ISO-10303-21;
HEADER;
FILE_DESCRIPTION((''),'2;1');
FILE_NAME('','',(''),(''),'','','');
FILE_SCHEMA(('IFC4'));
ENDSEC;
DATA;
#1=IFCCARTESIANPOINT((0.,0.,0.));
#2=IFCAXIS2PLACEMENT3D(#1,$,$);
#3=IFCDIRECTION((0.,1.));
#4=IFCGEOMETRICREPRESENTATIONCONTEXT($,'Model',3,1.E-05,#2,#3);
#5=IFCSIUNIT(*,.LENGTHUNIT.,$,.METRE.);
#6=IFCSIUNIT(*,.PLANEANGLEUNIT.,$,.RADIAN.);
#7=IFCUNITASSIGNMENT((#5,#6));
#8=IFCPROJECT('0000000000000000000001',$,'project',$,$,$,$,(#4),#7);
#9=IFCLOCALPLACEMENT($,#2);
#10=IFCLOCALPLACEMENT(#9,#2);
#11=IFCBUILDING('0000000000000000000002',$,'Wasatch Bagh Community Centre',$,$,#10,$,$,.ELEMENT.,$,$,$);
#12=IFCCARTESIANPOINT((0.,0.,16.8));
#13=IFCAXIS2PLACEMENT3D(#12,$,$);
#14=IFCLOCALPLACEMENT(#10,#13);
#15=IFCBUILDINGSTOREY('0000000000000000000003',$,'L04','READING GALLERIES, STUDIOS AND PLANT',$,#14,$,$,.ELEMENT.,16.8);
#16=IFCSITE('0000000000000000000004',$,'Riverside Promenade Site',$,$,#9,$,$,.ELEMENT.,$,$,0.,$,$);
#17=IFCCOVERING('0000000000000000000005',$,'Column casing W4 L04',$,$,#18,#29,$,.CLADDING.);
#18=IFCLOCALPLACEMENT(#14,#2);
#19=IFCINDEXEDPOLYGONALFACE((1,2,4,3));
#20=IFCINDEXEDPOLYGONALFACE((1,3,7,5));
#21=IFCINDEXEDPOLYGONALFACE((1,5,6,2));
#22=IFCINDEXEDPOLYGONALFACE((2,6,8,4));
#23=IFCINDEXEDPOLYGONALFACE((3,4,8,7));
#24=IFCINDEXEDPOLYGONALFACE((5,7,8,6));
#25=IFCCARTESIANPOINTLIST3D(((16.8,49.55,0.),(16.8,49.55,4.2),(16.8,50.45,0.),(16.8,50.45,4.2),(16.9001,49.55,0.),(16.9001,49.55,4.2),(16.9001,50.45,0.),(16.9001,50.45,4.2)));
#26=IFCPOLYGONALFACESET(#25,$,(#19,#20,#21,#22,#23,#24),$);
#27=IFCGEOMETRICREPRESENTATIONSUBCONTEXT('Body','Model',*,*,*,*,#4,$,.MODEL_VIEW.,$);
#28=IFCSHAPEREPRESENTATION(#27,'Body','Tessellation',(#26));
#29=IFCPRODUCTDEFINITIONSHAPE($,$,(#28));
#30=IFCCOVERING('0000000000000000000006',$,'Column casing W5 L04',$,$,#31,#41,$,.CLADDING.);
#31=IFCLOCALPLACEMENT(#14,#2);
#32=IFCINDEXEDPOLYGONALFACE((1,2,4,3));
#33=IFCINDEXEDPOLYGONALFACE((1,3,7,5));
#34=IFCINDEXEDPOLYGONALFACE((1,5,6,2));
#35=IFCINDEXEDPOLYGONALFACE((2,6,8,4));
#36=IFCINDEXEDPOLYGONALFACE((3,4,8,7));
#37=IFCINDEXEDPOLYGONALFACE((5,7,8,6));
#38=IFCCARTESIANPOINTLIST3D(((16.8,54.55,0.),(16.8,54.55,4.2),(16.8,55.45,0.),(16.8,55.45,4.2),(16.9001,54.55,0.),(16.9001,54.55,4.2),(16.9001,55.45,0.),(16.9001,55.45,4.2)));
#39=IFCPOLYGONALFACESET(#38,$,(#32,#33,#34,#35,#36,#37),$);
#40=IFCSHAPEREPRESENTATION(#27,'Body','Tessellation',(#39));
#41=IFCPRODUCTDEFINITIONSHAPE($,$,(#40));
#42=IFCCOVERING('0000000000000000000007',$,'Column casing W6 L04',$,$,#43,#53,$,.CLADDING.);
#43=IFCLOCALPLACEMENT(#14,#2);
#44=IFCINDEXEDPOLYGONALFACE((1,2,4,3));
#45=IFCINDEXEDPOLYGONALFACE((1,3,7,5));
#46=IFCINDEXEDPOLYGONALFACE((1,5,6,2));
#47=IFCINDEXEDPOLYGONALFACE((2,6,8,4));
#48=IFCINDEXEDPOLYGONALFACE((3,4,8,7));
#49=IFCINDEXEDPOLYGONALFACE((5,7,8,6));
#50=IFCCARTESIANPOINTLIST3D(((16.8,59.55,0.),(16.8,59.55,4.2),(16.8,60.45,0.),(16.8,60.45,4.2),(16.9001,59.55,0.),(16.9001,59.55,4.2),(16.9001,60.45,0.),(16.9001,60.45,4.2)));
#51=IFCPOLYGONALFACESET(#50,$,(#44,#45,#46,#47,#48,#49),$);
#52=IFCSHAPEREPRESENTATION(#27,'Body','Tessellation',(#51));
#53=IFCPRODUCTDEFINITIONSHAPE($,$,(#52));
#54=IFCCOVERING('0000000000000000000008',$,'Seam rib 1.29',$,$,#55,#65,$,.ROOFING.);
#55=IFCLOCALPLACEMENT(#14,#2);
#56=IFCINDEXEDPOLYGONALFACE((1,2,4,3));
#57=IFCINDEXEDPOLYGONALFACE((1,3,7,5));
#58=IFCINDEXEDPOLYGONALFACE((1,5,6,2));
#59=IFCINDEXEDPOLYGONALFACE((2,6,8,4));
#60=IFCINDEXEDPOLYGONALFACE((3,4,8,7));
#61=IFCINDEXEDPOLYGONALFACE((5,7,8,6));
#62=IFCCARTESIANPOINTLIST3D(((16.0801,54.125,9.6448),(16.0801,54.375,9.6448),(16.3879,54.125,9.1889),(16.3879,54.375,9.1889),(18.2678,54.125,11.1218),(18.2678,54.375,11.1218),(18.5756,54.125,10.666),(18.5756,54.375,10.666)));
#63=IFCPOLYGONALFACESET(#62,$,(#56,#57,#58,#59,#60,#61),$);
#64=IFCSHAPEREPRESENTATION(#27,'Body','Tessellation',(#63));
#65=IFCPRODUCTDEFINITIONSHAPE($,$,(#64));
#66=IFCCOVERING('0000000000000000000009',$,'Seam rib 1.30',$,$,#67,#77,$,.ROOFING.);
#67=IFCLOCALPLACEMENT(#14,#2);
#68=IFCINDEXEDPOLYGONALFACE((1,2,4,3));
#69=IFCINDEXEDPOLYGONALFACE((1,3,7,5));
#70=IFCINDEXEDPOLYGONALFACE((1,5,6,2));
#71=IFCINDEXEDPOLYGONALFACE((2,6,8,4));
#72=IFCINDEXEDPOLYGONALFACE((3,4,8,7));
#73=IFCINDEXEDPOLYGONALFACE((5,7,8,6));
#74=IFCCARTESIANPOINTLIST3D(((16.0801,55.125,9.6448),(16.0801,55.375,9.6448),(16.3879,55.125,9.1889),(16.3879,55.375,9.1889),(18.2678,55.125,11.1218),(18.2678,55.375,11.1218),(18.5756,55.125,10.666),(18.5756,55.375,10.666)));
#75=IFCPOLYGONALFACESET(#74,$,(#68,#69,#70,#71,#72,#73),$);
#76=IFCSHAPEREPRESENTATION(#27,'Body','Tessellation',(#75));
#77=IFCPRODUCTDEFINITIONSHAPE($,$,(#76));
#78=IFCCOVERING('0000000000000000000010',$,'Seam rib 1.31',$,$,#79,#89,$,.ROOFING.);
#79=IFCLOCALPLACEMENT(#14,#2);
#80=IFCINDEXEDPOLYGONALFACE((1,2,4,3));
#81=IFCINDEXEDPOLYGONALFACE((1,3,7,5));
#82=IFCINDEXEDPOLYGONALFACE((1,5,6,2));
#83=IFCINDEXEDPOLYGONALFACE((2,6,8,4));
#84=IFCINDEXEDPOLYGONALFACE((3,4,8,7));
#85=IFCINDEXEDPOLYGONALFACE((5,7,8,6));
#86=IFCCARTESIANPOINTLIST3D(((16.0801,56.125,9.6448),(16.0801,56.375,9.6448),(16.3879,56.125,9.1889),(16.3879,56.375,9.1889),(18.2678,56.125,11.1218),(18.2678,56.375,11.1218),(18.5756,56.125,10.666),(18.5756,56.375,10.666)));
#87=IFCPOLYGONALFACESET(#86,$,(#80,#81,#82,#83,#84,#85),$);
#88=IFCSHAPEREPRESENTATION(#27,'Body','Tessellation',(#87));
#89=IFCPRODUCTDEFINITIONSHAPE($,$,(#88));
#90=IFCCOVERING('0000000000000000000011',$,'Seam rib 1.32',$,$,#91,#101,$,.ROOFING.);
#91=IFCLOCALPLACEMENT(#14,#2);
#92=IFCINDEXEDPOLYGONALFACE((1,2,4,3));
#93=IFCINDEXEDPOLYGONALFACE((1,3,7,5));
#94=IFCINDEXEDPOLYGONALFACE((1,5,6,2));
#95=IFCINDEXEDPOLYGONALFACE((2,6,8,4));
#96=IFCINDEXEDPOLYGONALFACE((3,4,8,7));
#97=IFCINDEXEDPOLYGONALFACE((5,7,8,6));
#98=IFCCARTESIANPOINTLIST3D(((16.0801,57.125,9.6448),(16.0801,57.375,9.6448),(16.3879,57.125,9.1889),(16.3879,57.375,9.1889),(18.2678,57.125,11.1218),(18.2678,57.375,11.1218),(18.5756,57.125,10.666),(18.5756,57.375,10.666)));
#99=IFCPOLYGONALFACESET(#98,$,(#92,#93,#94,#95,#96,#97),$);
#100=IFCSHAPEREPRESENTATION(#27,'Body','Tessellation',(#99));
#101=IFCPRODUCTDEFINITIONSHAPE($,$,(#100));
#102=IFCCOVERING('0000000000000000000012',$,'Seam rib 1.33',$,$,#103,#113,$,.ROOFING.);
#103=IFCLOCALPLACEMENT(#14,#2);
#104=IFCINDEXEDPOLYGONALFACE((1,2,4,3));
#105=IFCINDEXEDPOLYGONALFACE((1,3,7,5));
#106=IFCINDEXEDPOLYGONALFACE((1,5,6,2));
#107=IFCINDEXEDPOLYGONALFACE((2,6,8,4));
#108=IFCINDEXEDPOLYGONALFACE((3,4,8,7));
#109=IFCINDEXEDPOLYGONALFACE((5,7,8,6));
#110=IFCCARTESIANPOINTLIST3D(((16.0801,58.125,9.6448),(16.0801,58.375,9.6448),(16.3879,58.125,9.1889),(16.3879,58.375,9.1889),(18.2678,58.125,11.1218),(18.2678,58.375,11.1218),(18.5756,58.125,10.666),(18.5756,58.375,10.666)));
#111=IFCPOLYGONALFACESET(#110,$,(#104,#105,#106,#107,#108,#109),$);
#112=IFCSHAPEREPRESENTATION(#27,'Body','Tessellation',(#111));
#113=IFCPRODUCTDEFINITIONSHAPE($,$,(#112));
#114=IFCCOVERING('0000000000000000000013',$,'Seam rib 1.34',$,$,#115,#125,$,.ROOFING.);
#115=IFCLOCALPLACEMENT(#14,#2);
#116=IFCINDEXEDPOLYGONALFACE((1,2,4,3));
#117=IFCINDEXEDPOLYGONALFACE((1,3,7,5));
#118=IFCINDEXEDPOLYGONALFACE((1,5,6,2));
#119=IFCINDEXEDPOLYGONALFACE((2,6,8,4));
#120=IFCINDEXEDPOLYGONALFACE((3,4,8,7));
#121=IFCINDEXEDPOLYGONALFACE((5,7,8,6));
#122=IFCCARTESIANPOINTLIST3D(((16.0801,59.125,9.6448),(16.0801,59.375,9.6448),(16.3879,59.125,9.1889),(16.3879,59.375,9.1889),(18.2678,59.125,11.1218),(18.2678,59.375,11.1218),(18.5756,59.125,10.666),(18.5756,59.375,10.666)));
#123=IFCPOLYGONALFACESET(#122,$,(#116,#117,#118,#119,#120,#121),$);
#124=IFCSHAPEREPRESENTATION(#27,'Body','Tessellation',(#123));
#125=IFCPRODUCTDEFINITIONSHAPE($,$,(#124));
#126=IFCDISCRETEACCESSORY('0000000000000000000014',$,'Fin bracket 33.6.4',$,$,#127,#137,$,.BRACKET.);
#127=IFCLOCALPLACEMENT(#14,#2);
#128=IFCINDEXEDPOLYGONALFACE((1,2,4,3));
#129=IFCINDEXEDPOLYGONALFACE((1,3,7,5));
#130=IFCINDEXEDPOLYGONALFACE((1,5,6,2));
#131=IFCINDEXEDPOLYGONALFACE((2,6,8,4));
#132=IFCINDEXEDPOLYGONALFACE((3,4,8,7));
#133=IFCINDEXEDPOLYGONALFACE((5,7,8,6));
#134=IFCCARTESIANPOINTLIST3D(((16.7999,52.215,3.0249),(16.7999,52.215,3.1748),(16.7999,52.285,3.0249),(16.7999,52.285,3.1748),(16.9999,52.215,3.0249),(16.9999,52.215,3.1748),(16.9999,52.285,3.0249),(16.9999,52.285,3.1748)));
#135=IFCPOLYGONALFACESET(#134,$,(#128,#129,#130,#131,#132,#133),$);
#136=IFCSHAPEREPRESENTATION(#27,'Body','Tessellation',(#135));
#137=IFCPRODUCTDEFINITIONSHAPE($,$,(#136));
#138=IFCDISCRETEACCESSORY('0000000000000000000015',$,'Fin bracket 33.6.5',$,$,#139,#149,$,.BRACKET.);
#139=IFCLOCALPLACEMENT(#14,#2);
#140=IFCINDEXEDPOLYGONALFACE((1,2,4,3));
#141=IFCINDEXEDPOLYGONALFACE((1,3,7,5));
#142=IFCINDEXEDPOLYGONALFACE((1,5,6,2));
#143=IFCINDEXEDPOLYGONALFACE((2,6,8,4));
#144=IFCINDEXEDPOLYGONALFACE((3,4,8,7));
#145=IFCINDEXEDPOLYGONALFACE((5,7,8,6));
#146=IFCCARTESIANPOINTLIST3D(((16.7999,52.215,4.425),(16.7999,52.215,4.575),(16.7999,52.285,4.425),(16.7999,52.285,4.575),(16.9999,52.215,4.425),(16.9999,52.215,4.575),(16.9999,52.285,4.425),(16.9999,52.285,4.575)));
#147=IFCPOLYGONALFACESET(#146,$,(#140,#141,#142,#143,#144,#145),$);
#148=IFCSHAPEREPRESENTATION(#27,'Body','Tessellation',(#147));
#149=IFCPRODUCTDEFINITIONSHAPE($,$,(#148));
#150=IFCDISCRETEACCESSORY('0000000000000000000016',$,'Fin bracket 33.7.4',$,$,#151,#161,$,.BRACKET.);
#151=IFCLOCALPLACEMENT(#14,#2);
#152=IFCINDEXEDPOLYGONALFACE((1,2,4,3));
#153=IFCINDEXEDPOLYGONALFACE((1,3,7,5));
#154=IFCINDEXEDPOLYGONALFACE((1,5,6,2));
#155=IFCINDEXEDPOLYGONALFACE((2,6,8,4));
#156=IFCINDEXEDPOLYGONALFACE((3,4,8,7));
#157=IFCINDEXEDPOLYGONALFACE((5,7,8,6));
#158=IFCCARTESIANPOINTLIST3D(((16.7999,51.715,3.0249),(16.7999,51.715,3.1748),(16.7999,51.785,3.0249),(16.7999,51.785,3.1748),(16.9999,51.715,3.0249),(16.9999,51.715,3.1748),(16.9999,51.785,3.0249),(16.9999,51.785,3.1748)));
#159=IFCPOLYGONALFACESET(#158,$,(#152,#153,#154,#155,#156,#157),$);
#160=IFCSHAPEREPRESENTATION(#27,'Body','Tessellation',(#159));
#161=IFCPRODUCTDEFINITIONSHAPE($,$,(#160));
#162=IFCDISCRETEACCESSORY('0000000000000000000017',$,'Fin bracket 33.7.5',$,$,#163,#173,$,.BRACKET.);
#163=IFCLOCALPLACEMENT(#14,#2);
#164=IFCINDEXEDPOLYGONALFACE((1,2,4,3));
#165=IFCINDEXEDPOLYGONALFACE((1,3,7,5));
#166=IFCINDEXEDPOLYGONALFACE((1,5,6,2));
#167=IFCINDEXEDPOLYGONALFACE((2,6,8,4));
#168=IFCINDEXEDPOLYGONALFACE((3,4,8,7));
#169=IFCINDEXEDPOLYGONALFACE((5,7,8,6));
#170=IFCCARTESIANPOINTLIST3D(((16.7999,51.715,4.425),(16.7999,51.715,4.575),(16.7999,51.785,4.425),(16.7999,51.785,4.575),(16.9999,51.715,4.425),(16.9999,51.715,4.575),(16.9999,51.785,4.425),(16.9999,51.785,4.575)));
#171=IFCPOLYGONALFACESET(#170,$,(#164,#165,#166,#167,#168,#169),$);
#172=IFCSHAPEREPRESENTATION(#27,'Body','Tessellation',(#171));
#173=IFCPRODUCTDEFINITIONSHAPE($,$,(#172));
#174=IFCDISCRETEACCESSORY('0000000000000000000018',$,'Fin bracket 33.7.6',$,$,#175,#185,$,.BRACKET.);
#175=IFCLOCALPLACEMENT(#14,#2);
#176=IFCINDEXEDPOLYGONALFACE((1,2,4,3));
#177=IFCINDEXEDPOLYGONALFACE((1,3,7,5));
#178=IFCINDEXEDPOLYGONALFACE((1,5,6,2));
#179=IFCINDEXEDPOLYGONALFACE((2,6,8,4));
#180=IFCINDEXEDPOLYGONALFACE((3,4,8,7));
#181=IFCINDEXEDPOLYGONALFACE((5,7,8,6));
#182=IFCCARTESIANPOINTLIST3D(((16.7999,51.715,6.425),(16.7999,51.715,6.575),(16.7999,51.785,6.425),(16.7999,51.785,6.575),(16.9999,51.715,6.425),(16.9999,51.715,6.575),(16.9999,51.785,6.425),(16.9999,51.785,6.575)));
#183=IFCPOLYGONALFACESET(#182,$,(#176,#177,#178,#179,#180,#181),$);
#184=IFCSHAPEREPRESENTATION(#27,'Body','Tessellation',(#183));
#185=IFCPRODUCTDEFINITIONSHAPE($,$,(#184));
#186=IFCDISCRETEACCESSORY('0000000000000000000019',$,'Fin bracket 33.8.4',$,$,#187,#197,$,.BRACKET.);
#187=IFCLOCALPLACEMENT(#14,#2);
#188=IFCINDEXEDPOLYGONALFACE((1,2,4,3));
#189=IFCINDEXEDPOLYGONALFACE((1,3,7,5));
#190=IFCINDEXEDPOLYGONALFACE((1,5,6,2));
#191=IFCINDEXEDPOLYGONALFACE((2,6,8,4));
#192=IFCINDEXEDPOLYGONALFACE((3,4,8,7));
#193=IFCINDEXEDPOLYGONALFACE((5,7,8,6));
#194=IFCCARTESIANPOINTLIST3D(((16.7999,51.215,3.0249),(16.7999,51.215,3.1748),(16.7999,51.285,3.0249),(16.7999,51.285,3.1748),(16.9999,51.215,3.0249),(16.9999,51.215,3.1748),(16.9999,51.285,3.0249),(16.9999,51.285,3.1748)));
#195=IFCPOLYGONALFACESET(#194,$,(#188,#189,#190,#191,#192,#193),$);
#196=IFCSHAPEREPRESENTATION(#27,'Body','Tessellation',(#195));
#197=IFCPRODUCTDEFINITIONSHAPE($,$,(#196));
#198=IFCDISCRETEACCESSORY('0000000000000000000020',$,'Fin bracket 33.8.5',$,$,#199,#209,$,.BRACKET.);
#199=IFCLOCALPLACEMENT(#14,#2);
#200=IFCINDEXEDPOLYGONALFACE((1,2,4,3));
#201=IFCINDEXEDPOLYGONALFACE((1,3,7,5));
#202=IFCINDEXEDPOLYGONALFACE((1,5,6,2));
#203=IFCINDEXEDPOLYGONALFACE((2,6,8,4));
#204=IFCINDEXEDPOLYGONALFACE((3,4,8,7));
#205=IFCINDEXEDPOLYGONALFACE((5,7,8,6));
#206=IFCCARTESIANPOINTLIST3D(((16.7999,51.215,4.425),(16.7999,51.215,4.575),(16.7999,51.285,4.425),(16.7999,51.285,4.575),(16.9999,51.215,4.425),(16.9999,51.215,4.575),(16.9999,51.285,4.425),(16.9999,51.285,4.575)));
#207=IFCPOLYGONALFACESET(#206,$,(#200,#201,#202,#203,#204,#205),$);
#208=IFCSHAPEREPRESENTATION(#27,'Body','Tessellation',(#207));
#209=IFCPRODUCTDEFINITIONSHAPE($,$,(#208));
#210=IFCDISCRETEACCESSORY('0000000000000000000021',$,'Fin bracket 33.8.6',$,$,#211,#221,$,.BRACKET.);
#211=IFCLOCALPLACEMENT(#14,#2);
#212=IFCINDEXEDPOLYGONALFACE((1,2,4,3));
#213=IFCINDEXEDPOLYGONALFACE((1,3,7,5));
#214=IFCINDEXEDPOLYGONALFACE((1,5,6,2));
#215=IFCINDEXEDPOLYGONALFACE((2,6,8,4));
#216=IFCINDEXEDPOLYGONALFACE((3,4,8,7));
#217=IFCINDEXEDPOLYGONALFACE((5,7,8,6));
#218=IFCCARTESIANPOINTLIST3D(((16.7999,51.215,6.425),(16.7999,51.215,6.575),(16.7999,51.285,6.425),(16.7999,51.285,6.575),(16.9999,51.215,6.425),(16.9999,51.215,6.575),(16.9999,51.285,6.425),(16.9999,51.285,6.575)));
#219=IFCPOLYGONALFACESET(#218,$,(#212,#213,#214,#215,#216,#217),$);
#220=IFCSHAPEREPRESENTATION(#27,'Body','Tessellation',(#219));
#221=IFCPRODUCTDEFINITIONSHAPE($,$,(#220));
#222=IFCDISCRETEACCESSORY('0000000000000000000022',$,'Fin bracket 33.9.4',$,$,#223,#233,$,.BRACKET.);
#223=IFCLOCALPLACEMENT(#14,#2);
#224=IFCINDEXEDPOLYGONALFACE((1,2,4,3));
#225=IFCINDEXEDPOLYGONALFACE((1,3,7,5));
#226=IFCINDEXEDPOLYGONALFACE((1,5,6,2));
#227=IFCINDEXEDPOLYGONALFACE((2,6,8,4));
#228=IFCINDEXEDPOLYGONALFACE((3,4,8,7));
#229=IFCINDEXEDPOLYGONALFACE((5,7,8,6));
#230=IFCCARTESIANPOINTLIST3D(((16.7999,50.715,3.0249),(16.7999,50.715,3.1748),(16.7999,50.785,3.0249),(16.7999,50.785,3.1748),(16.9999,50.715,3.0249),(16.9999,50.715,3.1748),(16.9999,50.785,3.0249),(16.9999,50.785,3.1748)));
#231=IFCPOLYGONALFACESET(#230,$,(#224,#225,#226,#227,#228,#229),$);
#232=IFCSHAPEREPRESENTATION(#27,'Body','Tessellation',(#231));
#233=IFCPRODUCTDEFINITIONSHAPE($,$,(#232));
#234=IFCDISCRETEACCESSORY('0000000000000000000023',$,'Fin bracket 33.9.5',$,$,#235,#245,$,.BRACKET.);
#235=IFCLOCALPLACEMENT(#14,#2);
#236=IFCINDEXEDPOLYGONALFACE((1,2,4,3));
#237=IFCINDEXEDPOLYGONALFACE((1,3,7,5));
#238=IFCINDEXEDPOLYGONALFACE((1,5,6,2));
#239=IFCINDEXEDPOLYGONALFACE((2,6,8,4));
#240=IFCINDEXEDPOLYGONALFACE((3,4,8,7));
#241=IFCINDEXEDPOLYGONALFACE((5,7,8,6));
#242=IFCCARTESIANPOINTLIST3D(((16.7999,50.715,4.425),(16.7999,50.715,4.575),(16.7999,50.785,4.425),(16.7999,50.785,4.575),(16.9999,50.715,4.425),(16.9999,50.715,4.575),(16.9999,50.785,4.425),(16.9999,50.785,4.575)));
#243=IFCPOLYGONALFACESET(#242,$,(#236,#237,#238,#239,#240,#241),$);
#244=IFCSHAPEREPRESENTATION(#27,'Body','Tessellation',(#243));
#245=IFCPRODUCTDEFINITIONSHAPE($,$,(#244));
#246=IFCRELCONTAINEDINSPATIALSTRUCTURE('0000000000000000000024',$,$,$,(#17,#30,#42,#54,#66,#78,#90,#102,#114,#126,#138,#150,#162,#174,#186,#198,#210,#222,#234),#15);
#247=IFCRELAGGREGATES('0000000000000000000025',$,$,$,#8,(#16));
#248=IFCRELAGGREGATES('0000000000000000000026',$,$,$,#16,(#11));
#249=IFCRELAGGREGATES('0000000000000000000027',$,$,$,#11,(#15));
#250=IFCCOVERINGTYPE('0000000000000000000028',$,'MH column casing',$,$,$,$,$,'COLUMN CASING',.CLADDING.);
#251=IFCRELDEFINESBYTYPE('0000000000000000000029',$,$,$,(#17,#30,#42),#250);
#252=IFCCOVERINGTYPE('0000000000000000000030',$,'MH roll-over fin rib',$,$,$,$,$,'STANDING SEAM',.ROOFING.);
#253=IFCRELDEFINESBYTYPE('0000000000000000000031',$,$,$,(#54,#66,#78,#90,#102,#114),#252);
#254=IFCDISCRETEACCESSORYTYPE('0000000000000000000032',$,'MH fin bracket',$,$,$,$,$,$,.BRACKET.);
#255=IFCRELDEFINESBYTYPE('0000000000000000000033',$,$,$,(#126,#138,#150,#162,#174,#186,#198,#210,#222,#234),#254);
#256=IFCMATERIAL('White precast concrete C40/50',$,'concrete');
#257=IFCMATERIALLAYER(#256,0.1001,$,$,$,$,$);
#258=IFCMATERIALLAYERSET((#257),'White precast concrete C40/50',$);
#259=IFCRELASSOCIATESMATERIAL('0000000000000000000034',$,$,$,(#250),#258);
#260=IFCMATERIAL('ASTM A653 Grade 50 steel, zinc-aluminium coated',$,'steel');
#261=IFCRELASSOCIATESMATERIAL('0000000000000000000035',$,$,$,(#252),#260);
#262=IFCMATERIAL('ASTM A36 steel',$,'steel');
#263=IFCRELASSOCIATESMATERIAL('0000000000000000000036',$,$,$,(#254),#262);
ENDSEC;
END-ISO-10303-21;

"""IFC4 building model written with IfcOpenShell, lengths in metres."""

from ifc_helpers import new_model, si_unit, direction, frame, origin, origin_2d, place, context, subcontext, project, spatial, polyline, rectangle, outline, extrude, material, layer, layer_set, type_object, element, save


model = new_model("IFC4")

# Units and contexts
model_context = context("Model", 3, precision=1e-05, world=origin(), true_north=direction((0.0, 1.0)))
body_context = subcontext(model_context, "Body", "Model", "MODEL_VIEW")
ifc_project = project(units=[si_unit("LENGTHUNIT", "METRE"), si_unit("PLANEANGLEUNIT", "RADIAN")], contexts=[model_context])

# Site, building, storey
site_placement = place(None, origin())
site = spatial("IfcSite", under=ifc_project, at=site_placement, Name="Riverside Promenade Site", CompositionType="ELEMENT", RefElevation=0.0)
building_placement = place(site_placement, origin())
building = spatial("IfcBuilding", under=site, at=building_placement, Name="Wasatch Bagh Community Centre", CompositionType="ELEMENT")
storey_placement = place(building_placement, frame((0.0, 0.0, 16.8)))
storey = spatial("IfcBuildingStorey", under=building, at=storey_placement, Name="L04", Description="READING GALLERIES, STUDIOS AND PLANT", CompositionType="ELEMENT", Elevation=16.8)

# Coverings
ifc_material_1 = material(Name="White precast concrete C40/50", Category="concrete")
ifc_layer = layer(ifc_material_1, 0.1001)
ifc_layer_set = layer_set([ifc_layer], Name="White precast concrete C40/50")
covering_type_1 = type_object("IfcCoveringType", Name="MH column casing", ElementType="COLUMN CASING", PredefinedType="CLADDING", material=ifc_layer_set)
for number, where, z_axis, x_axis, name in (
    (1, (16.8501, 50.0, 0.0), (0.0, 0.0, 1.0), (0.0, -1.0, 0.0), "Column casing W4 L04"),
    (2, (16.8501, 55.0, 0.0), (0.0, 0.0, 1.0), (0.0, -1.0, 0.0), "Column casing W5 L04"),
    (3, (16.8501, 60.0, 0.0), (0.0, 0.0, 1.0), (0.0, -1.0, 0.0), "Column casing W6 L04"),
):
    element("IfcCovering", number, at=place(storey_placement, frame(where, z_axis=z_axis, x_axis=x_axis)), inside=storey, type_object=covering_type_1, Name=name, PredefinedType="CLADDING", context=body_context, shape_type="SweptSolid", body=[
        extrude(rectangle(XDim=0.8999, YDim=0.1001, at=origin_2d()), origin(), (0.0, 0.0, 1.0), 4.2),
    ])
ifc_material_2 = material(Name="ASTM A653 Grade 50 steel, zinc-aluminium coated", Category="steel")
covering_type_2 = type_object("IfcCoveringType", Name="MH roll-over fin rib", ElementType="STANDING SEAM", PredefinedType="ROOFING", material=ifc_material_2)
for number, where, z_axis, x_axis, name in (
    (4, (16.0801, 54.125, 9.6448), (-0.559557, 0.0, 0.828792), (0.828792, 0.0, 0.559557), "Seam rib 1.29"),
    (5, (16.0801, 55.125, 9.6448), (-0.559557, 0.0, 0.828792), (0.828792, 0.0, 0.559557), "Seam rib 1.30"),
    (6, (16.0801, 56.125, 9.6448), (-0.559557, 0.0, 0.828792), (0.828792, 0.0, 0.559557), "Seam rib 1.31"),
    (7, (16.0801, 57.125, 9.6448), (-0.559557, 0.0, 0.828792), (0.828792, 0.0, 0.559557), "Seam rib 1.32"),
    (8, (16.0801, 58.125, 9.6448), (-0.559557, 0.0, 0.828792), (0.828792, 0.0, 0.559557), "Seam rib 1.33"),
    (9, (16.0801, 59.125, 9.6448), (-0.559557, 0.0, 0.828792), (0.828792, 0.0, 0.559557), "Seam rib 1.34"),
):
    element("IfcCovering", number, at=place(storey_placement, frame(where, z_axis=z_axis, x_axis=x_axis)), inside=storey, type_object=covering_type_2, Name=name, PredefinedType="ROOFING", context=body_context, shape_type="SweptSolid", body=[
        extrude(outline(polyline([(0.0, 0.0), (2.6397, 0.0), (2.6397, 0.25), (0.0, 0.25), (0.0, 0.0)])), origin(), (0.0, 0.0, -1.0), 0.55),
    ])

# Discrete accessories
ifc_material_3 = material(Name="ASTM A36 steel", Category="steel")
discrete_accessory_type = type_object("IfcDiscreteAccessoryType", Name="MH fin bracket", PredefinedType="BRACKET", material=ifc_material_3)
for number, where, z_axis, x_axis, name in (
    (10, (16.8999, 52.25, 3.0249), (0.0, 0.0, 1.0), (0.0, -1.0, 0.0), "Fin bracket 33.6.4"),
    (11, (16.8999, 52.25, 4.425), (0.0, 0.0, 1.0), (0.0, -1.0, 0.0), "Fin bracket 33.6.5"),
    (12, (16.8999, 51.75, 3.0249), (0.0, 0.0, 1.0), (0.0, -1.0, 0.0), "Fin bracket 33.7.4"),
    (13, (16.8999, 51.75, 4.425), (0.0, 0.0, 1.0), (0.0, -1.0, 0.0), "Fin bracket 33.7.5"),
    (14, (16.8999, 51.75, 6.425), (0.0, 0.0, 1.0), (0.0, -1.0, 0.0), "Fin bracket 33.7.6"),
    (15, (16.8999, 51.25, 3.0249), (0.0, 0.0, 1.0), (0.0, -1.0, 0.0), "Fin bracket 33.8.4"),
    (16, (16.8999, 51.25, 4.425), (0.0, 0.0, 1.0), (0.0, -1.0, 0.0), "Fin bracket 33.8.5"),
    (17, (16.8999, 51.25, 6.425), (0.0, 0.0, 1.0), (0.0, -1.0, 0.0), "Fin bracket 33.8.6"),
    (18, (16.8999, 50.75, 3.0249), (0.0, 0.0, 1.0), (0.0, -1.0, 0.0), "Fin bracket 33.9.4"),
    (19, (16.8999, 50.75, 4.425), (0.0, 0.0, 1.0), (0.0, -1.0, 0.0), "Fin bracket 33.9.5"),
):
    element("IfcDiscreteAccessory", number, at=place(storey_placement, frame(where, z_axis=z_axis, x_axis=x_axis)), inside=storey, type_object=discrete_accessory_type, Name=name, PredefinedType="BRACKET", context=body_context, shape_type="SweptSolid", body=[
        extrude(rectangle(XDim=0.0701, YDim=0.2, at=origin_2d()), origin(), (0.0, 0.0, 1.0), 0.1499),
    ])

save(model, "model.ifc")
